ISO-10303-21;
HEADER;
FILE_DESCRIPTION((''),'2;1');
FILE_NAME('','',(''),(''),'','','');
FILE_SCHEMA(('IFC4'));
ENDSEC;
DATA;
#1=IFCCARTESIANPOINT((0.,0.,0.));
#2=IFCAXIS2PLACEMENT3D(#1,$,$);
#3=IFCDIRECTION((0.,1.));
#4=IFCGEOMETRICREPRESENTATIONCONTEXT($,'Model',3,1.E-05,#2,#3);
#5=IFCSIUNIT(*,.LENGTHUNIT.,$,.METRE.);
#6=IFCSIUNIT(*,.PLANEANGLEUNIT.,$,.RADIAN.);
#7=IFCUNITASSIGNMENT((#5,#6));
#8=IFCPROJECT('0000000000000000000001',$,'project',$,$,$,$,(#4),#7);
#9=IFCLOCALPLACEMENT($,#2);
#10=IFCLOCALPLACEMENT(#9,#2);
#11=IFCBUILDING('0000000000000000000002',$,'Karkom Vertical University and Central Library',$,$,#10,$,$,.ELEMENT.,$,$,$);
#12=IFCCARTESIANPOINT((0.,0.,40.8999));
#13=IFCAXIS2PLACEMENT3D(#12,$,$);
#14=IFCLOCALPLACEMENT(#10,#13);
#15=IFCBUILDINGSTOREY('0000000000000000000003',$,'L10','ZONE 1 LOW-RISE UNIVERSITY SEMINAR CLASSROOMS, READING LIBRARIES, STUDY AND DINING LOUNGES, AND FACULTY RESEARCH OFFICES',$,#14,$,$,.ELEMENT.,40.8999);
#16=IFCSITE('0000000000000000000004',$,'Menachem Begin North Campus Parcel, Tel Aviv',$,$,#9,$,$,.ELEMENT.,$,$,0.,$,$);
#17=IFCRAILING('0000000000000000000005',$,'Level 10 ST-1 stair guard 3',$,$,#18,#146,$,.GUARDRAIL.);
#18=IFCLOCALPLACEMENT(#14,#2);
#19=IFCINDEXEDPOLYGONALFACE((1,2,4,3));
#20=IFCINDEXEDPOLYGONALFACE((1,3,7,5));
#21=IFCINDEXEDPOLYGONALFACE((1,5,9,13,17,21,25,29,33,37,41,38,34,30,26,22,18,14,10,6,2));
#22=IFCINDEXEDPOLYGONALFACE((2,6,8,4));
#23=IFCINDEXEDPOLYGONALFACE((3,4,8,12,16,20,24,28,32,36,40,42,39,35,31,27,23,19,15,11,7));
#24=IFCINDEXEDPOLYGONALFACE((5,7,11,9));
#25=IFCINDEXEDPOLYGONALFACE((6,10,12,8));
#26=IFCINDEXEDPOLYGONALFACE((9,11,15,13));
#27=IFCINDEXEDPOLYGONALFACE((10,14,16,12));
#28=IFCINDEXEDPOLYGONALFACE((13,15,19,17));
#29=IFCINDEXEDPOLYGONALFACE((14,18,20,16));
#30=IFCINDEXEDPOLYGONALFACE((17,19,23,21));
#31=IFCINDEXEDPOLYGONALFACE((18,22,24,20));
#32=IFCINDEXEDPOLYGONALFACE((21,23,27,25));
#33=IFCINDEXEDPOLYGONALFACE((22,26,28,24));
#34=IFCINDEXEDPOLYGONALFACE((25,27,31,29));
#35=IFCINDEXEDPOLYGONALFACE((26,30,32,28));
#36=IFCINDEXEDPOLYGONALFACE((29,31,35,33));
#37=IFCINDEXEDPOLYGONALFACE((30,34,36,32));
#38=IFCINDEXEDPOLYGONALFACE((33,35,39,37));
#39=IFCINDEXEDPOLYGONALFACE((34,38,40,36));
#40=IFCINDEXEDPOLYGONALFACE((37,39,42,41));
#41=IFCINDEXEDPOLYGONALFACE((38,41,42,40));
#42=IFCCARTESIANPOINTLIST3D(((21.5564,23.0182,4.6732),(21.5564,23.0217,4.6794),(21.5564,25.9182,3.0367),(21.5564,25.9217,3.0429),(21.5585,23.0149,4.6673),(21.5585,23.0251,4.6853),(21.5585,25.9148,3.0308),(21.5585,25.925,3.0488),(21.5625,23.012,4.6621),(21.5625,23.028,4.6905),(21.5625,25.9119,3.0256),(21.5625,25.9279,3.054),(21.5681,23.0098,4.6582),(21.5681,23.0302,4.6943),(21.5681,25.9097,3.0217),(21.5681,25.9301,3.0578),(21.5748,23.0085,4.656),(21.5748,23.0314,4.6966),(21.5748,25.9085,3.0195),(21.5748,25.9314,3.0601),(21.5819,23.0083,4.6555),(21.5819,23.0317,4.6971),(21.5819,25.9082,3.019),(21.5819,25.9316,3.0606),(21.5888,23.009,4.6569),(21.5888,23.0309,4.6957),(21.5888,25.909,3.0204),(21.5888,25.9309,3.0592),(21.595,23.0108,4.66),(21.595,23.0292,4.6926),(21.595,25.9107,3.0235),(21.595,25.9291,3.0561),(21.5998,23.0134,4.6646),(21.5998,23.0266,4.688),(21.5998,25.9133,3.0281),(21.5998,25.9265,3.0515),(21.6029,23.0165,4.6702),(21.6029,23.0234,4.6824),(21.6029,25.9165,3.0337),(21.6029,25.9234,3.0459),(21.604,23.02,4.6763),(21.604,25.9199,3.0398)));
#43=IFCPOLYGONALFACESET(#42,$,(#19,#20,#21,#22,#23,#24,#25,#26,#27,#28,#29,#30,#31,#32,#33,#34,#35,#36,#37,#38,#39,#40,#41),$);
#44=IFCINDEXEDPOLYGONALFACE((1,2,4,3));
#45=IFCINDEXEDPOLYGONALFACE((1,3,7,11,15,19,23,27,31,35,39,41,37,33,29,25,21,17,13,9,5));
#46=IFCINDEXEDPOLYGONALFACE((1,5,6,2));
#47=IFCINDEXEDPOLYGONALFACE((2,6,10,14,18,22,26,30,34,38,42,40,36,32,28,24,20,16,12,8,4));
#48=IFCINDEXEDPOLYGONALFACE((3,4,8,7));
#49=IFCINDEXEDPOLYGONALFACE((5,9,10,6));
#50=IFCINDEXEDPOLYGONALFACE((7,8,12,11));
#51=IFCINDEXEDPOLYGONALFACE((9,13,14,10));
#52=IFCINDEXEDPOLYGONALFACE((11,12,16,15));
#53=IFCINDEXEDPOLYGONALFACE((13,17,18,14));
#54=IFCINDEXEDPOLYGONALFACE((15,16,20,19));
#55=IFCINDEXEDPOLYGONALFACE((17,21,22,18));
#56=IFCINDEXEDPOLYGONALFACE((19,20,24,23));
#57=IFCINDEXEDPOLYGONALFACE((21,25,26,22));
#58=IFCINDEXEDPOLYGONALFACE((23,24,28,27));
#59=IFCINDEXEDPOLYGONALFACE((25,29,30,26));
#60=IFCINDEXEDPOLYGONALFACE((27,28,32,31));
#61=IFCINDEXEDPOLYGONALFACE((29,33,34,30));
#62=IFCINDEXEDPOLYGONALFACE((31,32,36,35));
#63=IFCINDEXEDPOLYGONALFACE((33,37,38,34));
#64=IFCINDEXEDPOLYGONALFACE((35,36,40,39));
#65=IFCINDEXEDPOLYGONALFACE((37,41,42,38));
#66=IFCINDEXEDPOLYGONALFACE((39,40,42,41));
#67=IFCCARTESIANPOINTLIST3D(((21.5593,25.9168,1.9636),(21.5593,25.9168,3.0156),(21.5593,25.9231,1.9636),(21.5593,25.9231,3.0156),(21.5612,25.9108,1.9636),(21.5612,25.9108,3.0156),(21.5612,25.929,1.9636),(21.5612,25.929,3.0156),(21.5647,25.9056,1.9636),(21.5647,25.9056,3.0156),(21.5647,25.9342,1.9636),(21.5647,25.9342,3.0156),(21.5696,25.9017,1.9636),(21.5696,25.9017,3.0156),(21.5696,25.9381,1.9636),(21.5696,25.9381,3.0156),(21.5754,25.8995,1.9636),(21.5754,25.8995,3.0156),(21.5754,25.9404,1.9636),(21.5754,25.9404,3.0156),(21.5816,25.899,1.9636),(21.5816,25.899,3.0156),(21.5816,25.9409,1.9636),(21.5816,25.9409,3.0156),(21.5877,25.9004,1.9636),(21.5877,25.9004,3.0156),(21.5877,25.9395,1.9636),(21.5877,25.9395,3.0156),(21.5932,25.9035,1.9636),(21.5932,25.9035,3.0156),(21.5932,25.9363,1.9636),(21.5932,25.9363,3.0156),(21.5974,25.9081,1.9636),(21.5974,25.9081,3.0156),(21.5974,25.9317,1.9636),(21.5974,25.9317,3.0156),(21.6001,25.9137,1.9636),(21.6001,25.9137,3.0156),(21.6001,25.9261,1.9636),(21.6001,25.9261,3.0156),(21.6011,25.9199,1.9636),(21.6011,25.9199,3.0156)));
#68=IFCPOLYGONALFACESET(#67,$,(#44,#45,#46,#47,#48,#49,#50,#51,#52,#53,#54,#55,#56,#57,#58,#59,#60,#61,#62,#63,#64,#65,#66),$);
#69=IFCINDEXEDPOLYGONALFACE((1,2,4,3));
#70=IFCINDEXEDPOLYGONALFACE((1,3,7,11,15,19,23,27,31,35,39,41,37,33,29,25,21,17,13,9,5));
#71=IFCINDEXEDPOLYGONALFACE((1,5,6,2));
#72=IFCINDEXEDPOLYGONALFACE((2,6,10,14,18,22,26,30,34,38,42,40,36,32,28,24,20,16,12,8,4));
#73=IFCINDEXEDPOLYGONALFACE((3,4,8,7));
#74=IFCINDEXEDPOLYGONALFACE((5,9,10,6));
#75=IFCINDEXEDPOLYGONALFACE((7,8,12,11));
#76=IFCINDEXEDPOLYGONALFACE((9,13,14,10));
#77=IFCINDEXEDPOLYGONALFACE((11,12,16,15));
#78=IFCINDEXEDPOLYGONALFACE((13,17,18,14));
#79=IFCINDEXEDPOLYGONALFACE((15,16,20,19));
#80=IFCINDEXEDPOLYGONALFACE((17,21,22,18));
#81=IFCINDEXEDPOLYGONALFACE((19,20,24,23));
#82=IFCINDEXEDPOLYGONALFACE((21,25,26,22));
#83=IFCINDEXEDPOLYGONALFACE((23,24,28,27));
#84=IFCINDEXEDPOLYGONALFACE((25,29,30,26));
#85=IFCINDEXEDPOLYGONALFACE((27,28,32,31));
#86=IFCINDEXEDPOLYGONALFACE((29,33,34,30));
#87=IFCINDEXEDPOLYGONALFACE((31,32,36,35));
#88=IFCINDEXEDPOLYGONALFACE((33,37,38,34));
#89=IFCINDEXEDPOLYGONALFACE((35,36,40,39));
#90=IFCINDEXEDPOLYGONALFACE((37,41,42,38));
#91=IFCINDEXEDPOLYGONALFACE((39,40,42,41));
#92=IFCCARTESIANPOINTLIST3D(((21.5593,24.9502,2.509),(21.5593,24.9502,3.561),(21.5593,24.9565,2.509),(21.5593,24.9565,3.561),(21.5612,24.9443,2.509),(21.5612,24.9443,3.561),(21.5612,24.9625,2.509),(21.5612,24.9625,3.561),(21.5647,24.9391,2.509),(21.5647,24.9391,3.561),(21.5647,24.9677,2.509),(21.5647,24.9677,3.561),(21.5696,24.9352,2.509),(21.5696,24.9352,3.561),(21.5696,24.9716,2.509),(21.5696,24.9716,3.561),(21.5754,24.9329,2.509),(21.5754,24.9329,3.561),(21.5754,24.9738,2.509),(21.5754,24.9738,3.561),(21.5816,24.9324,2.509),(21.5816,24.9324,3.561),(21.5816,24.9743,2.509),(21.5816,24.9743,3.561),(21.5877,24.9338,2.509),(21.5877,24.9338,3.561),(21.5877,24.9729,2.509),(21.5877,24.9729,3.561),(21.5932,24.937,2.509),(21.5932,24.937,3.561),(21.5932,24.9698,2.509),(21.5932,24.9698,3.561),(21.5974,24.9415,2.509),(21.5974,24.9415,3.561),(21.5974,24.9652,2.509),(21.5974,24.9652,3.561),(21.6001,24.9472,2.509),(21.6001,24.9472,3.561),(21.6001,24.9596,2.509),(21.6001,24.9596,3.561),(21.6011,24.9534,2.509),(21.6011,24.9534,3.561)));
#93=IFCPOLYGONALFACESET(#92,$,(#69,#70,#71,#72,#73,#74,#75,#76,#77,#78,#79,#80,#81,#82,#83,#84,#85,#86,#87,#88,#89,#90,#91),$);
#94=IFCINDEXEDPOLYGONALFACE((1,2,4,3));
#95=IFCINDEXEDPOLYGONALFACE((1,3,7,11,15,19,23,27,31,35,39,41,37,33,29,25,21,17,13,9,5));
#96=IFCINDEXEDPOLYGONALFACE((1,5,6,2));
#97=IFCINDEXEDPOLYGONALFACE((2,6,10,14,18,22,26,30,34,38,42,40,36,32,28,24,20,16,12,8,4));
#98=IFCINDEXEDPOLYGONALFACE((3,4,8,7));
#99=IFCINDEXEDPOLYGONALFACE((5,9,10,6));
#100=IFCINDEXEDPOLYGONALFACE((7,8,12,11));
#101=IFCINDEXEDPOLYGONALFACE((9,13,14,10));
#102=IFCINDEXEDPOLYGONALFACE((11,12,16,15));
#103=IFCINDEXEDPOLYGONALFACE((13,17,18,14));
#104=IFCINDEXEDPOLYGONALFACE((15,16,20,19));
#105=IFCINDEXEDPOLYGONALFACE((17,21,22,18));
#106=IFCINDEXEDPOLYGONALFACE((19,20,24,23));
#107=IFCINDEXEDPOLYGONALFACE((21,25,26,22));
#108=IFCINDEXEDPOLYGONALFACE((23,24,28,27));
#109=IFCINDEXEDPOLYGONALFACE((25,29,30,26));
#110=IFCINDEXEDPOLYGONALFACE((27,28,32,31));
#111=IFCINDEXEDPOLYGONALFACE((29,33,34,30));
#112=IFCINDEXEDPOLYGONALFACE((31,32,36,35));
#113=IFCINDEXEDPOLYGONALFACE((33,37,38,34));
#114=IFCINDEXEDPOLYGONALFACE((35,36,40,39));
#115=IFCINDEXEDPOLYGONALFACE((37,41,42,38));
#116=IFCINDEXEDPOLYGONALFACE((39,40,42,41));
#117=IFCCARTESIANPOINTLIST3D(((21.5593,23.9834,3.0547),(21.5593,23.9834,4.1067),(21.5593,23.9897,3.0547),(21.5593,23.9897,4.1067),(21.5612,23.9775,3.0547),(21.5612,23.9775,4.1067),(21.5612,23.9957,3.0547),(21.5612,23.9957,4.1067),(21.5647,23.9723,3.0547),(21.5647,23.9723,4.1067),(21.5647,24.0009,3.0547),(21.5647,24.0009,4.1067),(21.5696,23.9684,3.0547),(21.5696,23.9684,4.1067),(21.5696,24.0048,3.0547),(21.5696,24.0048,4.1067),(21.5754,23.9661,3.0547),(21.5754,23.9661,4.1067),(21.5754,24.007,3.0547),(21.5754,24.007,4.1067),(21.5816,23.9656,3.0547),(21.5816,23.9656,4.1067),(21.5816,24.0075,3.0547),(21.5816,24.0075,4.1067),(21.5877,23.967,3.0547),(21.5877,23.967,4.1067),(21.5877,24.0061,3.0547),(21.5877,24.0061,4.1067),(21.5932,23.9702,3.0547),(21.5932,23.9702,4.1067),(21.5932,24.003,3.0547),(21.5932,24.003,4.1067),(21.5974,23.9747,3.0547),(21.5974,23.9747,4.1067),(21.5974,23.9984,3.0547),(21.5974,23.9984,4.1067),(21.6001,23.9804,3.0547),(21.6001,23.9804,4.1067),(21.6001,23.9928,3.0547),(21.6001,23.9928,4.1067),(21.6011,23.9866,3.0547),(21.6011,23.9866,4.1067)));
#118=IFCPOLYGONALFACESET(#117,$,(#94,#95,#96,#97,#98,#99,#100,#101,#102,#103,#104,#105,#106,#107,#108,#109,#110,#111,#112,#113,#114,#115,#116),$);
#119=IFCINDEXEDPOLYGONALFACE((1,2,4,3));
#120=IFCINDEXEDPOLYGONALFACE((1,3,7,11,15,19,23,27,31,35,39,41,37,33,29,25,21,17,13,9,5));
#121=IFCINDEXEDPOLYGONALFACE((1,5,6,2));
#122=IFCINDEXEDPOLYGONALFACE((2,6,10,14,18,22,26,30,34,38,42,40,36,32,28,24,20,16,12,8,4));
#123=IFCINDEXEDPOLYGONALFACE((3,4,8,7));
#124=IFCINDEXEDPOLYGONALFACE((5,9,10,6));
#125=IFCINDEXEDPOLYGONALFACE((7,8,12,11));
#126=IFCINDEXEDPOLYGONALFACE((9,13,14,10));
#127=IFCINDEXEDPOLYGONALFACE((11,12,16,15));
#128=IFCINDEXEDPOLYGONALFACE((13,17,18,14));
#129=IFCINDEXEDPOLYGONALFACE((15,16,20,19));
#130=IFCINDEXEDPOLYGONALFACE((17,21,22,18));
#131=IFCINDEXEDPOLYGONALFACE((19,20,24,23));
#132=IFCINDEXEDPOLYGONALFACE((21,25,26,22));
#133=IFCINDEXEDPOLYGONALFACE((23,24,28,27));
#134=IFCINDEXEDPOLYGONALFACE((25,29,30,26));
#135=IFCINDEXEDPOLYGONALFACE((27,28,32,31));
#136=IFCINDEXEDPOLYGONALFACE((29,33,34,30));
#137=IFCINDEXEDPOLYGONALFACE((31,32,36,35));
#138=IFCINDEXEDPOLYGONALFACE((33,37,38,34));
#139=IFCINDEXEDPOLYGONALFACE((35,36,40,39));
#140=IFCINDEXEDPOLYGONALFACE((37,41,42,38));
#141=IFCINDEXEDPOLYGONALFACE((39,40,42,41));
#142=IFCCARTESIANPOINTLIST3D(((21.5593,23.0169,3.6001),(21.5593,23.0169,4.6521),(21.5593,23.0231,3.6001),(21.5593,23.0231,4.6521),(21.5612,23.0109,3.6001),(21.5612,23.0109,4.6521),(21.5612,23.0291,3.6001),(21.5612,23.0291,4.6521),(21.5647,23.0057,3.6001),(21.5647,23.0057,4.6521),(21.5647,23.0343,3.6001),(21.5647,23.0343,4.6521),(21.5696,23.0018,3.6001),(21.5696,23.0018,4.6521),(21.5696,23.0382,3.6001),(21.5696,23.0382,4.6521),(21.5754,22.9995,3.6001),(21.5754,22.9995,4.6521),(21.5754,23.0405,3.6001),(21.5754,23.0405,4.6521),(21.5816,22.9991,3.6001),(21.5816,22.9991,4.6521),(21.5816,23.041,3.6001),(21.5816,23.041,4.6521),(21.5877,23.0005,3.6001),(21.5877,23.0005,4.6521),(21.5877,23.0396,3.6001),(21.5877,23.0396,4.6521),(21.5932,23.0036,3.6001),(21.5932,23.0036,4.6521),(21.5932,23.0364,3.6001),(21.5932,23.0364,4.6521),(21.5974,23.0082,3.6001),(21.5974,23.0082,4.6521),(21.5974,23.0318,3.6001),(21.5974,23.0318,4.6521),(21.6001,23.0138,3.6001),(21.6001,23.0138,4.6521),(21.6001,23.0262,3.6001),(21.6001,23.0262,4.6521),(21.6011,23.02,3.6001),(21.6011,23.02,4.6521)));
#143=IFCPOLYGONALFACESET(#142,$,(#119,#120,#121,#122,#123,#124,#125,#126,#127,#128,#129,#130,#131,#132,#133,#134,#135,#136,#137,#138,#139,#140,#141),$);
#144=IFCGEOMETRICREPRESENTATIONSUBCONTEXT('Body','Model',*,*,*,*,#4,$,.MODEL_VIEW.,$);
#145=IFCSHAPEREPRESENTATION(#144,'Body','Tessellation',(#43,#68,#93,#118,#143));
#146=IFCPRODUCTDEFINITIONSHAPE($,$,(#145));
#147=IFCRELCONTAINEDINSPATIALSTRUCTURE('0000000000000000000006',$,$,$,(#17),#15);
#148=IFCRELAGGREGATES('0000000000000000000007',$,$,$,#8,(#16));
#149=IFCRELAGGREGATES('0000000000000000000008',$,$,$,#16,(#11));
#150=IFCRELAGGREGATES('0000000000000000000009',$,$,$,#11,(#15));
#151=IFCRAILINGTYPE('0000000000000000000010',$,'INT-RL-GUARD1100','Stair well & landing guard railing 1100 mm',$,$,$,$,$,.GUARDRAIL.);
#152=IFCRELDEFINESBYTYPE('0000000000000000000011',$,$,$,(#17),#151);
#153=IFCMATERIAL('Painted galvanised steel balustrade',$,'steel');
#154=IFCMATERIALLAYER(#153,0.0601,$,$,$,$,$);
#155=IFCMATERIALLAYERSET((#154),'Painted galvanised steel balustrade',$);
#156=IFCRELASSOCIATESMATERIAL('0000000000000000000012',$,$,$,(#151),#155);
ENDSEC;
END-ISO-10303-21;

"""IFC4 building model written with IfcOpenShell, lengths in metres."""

from ifc_helpers import new_model, si_unit, direction, frame, origin, origin_2d, place, context, subcontext, project, spatial, circle, extrude, material, layer, layer_set, type_object, element, save


model = new_model("IFC4")

# Units and contexts
model_context = context("Model", 3, precision=1e-05, world=origin(), true_north=direction((0.0, 1.0)))
body_context = subcontext(model_context, "Body", "Model", "MODEL_VIEW")
ifc_project = project(units=[si_unit("LENGTHUNIT", "METRE"), si_unit("PLANEANGLEUNIT", "RADIAN")], contexts=[model_context])

# Site, building, storey
site_placement = place(None, origin())
site = spatial("IfcSite", under=ifc_project, at=site_placement, Name="Menachem Begin North Campus Parcel, Tel Aviv", CompositionType="ELEMENT", RefElevation=0.0)
building_placement = place(site_placement, origin())
building = spatial("IfcBuilding", under=site, at=building_placement, Name="Karkom Vertical University and Central Library", CompositionType="ELEMENT")
storey_placement = place(building_placement, frame((0.0, 0.0, 40.8999)))
storey = spatial("IfcBuildingStorey", under=building, at=storey_placement, Name="L10", Description="ZONE 1 LOW-RISE UNIVERSITY SEMINAR CLASSROOMS, READING LIBRARIES, STUDY AND DINING LOUNGES, AND FACULTY RESEARCH OFFICES", CompositionType="ELEMENT", Elevation=40.8999)

# Railing
ifc_material_1 = material(Name="Painted galvanised steel balustrade", Category="steel")
ifc_layer_1 = layer(ifc_material_1, 0.0601)
ifc_layer_set_1 = layer_set([ifc_layer_1], Name="Painted galvanised steel balustrade")
railing_type_1 = type_object("IfcRailingType", Name="INT-RL-GUARD1100", Description="Stair well & landing guard railing 1100 mm", PredefinedType="GUARDRAIL", material=ifc_layer_set_1)
railing_1_placement = place(storey_placement, frame((21.5801, 25.9199, 1.9636)))
element("IfcRailing", 1, at=railing_1_placement, inside=storey, type_object=railing_type_1, Name="Level 10 ST-1 stair guard 3", PredefinedType="GUARDRAIL", context=body_context, shape_type="SweptSolid", body=[
    extrude(circle(Radius=0.0239, at=origin_2d()), frame((0.0, 0.0, 1.0762), z_axis=(0.0, -0.870897, 0.491465), x_axis=(1.0, 0.0, 0.0)), (0.0, 0.0, 1.0), 3.3298),
    extrude(circle(Radius=0.021, at=origin_2d()), origin(), (0.0, 0.0, 1.0), 1.052),
    extrude(circle(Radius=0.021, at=origin_2d()), frame((0.0, -0.9666, 0.5454)), (0.0, 0.0, 1.0), 1.052),
    extrude(circle(Radius=0.021, at=origin_2d()), frame((0.0, -1.9333, 1.0911)), (0.0, 0.0, 1.0), 1.052),
    extrude(circle(Radius=0.021, at=origin_2d()), frame((0.0, -2.8999, 1.6365)), (0.0, 0.0, 1.0), 1.052),
])

save(model, "model.ifc")
